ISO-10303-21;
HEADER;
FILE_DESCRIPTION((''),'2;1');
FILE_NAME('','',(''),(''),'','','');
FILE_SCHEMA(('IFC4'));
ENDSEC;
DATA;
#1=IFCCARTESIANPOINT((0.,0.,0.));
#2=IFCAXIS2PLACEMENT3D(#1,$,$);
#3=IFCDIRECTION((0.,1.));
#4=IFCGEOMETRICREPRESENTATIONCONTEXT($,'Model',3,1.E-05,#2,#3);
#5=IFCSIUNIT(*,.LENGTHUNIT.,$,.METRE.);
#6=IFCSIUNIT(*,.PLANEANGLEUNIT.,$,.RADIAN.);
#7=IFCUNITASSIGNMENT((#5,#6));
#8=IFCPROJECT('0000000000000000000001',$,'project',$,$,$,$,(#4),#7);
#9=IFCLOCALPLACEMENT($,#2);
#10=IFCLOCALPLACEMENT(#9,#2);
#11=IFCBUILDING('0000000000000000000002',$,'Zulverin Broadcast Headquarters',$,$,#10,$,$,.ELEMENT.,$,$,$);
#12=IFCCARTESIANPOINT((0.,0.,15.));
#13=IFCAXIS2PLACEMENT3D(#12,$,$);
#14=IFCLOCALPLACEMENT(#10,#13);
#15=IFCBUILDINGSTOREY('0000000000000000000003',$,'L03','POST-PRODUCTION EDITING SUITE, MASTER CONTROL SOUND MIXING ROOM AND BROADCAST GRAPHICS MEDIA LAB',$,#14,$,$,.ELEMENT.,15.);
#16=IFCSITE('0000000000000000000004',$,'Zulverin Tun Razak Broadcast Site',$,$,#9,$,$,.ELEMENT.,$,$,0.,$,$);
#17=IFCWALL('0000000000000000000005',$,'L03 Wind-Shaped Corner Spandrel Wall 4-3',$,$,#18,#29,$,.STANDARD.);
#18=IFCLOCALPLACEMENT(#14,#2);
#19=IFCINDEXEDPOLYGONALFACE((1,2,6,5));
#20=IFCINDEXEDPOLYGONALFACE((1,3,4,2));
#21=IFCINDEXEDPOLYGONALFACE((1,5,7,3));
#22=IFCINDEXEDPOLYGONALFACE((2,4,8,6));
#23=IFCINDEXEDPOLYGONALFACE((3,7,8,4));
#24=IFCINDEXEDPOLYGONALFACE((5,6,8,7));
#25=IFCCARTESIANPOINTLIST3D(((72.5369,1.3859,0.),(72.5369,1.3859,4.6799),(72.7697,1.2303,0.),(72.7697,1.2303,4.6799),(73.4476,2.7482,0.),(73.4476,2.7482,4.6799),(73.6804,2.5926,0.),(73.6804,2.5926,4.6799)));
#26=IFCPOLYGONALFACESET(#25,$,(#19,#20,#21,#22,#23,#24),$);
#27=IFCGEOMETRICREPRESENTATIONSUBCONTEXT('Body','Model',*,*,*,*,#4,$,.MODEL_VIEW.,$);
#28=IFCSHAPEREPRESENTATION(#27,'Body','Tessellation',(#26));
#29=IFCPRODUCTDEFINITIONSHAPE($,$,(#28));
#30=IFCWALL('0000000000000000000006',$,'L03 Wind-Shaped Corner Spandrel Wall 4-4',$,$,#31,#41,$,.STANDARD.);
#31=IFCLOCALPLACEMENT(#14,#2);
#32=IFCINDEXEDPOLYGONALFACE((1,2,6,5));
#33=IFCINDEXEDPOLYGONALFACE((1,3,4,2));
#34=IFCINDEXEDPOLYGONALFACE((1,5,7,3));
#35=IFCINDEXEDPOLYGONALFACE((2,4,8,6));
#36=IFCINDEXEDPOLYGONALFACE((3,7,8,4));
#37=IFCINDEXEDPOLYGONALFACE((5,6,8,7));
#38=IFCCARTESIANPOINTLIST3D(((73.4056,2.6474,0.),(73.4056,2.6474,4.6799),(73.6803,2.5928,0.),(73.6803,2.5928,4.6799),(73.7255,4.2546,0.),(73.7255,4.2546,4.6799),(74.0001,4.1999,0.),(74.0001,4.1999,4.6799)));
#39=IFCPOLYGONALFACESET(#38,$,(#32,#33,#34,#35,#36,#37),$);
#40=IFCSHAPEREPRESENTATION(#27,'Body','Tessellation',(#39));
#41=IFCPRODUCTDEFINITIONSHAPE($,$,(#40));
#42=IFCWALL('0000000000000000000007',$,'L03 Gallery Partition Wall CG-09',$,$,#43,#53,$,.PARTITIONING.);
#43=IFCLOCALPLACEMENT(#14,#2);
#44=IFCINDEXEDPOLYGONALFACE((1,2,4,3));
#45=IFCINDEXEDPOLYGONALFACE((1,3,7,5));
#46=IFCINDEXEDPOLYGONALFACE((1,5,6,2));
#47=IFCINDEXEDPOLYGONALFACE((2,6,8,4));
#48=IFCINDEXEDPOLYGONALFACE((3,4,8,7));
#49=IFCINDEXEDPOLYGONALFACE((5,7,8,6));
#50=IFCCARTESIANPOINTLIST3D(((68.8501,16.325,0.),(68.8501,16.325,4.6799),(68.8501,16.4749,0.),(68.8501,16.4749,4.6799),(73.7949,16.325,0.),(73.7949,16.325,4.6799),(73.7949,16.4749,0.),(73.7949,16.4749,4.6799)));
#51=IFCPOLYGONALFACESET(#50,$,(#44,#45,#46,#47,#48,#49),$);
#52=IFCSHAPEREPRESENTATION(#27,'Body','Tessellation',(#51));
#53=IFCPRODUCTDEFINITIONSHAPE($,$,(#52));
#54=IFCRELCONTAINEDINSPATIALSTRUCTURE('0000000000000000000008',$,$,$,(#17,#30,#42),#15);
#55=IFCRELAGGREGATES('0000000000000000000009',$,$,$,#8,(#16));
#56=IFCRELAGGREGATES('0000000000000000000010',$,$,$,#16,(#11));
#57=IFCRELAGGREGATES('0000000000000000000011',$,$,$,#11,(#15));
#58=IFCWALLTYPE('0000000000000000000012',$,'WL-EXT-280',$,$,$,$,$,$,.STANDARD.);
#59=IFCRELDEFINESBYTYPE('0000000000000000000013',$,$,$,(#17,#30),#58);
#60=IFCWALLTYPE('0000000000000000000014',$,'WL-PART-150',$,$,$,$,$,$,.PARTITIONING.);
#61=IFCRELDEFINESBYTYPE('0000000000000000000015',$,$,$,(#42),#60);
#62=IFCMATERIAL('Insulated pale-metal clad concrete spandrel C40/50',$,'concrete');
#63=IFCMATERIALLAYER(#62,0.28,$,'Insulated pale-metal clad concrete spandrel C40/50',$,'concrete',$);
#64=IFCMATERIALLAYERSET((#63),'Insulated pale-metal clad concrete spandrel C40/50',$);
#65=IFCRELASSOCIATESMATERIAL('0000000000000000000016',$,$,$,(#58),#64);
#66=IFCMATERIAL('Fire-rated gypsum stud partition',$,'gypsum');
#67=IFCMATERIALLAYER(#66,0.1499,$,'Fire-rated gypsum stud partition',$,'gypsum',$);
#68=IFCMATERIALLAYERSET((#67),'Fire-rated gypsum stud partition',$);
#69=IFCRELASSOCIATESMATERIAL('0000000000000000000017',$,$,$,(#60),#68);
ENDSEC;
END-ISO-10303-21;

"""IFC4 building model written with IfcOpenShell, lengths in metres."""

from ifc_helpers import new_model, si_unit, direction, frame, frame_2d, origin, place, context, subcontext, project, spatial, rectangle, extrude, material, layer, layer_set, type_object, element, save


model = new_model("IFC4")

# Units and contexts
model_context = context("Model", 3, precision=1e-05, world=origin(), true_north=direction((0.0, 1.0)))
body_context = subcontext(model_context, "Body", "Model", "MODEL_VIEW")
ifc_project = project(units=[si_unit("LENGTHUNIT", "METRE"), si_unit("PLANEANGLEUNIT", "RADIAN")], contexts=[model_context])

# Site, building, storey
site_placement = place(None, origin())
site = spatial("IfcSite", under=ifc_project, at=site_placement, Name="Zulverin Tun Razak Broadcast Site", CompositionType="ELEMENT", RefElevation=0.0)
building_placement = place(site_placement, origin())
building = spatial("IfcBuilding", under=site, at=building_placement, Name="Zulverin Broadcast Headquarters", CompositionType="ELEMENT")
storey_placement = place(building_placement, frame((0.0, 0.0, 15.0)))
storey = spatial("IfcBuildingStorey", under=building, at=storey_placement, Name="L03", Description="POST-PRODUCTION EDITING SUITE, MASTER CONTROL SOUND MIXING ROOM AND BROADCAST GRAPHICS MEDIA LAB", CompositionType="ELEMENT", Elevation=15.0)

# Walls
ifc_material_1 = material(Name="Insulated pale-metal clad concrete spandrel C40/50", Category="concrete")
ifc_layer_1 = layer(ifc_material_1, 0.28, Name="Insulated pale-metal clad concrete spandrel C40/50", Category="concrete")
ifc_layer_set_1 = layer_set([ifc_layer_1], Name="Insulated pale-metal clad concrete spandrel C40/50")
wall_type_1 = type_object("IfcWallType", Name="WL-EXT-280", PredefinedType="STANDARD", material=ifc_layer_set_1)
for number, where, z_axis, x_axis, name in (
    (1, (72.6533, 1.3081, 0.0), (0.0, 0.0, 1.0), (0.555731, 0.831362, 0.0), "L03 Wind-Shaped Corner Spandrel Wall 4-3"),
    (2, (73.543, 2.6201, 0.0), (0.0, 0.0, 1.0), (0.195171, 0.980769, 0.0), "L03 Wind-Shaped Corner Spandrel Wall 4-4"),
):
    element("IfcWall", number, at=place(storey_placement, frame(where, z_axis=z_axis, x_axis=x_axis)), inside=storey, type_object=wall_type_1, Name=name, PredefinedType="STANDARD", context=body_context, shape_type="SweptSolid", body=[
        extrude(rectangle(XDim=1.6387, YDim=0.28, at=frame_2d((0.8193, 0.0))), origin(), (0.0, 0.0, 1.0), 4.6799),
    ])
ifc_material_2 = material(Name="Fire-rated gypsum stud partition", Category="gypsum")
ifc_layer_2 = layer(ifc_material_2, 0.1499, Name="Fire-rated gypsum stud partition", Category="gypsum")
ifc_layer_set_2 = layer_set([ifc_layer_2], Name="Fire-rated gypsum stud partition")
wall_type_2 = type_object("IfcWallType", Name="WL-PART-150", PredefinedType="PARTITIONING", material=ifc_layer_set_2)
wall_1_placement = place(storey_placement, frame((68.8501, 16.3999, 0.0), z_axis=(0.0, 0.0, 1.0), x_axis=(1.0, 0.0, 0.0)))
element("IfcWall", 3, at=wall_1_placement, inside=storey, type_object=wall_type_2, Name="L03 Gallery Partition Wall CG-09", PredefinedType="PARTITIONING", context=body_context, shape_type="SweptSolid", body=[
    extrude(rectangle(XDim=4.9448, YDim=0.1499, at=frame_2d((2.4724, 0.0))), origin(), (0.0, 0.0, 1.0), 4.6799),
])

save(model, "model.ifc")
